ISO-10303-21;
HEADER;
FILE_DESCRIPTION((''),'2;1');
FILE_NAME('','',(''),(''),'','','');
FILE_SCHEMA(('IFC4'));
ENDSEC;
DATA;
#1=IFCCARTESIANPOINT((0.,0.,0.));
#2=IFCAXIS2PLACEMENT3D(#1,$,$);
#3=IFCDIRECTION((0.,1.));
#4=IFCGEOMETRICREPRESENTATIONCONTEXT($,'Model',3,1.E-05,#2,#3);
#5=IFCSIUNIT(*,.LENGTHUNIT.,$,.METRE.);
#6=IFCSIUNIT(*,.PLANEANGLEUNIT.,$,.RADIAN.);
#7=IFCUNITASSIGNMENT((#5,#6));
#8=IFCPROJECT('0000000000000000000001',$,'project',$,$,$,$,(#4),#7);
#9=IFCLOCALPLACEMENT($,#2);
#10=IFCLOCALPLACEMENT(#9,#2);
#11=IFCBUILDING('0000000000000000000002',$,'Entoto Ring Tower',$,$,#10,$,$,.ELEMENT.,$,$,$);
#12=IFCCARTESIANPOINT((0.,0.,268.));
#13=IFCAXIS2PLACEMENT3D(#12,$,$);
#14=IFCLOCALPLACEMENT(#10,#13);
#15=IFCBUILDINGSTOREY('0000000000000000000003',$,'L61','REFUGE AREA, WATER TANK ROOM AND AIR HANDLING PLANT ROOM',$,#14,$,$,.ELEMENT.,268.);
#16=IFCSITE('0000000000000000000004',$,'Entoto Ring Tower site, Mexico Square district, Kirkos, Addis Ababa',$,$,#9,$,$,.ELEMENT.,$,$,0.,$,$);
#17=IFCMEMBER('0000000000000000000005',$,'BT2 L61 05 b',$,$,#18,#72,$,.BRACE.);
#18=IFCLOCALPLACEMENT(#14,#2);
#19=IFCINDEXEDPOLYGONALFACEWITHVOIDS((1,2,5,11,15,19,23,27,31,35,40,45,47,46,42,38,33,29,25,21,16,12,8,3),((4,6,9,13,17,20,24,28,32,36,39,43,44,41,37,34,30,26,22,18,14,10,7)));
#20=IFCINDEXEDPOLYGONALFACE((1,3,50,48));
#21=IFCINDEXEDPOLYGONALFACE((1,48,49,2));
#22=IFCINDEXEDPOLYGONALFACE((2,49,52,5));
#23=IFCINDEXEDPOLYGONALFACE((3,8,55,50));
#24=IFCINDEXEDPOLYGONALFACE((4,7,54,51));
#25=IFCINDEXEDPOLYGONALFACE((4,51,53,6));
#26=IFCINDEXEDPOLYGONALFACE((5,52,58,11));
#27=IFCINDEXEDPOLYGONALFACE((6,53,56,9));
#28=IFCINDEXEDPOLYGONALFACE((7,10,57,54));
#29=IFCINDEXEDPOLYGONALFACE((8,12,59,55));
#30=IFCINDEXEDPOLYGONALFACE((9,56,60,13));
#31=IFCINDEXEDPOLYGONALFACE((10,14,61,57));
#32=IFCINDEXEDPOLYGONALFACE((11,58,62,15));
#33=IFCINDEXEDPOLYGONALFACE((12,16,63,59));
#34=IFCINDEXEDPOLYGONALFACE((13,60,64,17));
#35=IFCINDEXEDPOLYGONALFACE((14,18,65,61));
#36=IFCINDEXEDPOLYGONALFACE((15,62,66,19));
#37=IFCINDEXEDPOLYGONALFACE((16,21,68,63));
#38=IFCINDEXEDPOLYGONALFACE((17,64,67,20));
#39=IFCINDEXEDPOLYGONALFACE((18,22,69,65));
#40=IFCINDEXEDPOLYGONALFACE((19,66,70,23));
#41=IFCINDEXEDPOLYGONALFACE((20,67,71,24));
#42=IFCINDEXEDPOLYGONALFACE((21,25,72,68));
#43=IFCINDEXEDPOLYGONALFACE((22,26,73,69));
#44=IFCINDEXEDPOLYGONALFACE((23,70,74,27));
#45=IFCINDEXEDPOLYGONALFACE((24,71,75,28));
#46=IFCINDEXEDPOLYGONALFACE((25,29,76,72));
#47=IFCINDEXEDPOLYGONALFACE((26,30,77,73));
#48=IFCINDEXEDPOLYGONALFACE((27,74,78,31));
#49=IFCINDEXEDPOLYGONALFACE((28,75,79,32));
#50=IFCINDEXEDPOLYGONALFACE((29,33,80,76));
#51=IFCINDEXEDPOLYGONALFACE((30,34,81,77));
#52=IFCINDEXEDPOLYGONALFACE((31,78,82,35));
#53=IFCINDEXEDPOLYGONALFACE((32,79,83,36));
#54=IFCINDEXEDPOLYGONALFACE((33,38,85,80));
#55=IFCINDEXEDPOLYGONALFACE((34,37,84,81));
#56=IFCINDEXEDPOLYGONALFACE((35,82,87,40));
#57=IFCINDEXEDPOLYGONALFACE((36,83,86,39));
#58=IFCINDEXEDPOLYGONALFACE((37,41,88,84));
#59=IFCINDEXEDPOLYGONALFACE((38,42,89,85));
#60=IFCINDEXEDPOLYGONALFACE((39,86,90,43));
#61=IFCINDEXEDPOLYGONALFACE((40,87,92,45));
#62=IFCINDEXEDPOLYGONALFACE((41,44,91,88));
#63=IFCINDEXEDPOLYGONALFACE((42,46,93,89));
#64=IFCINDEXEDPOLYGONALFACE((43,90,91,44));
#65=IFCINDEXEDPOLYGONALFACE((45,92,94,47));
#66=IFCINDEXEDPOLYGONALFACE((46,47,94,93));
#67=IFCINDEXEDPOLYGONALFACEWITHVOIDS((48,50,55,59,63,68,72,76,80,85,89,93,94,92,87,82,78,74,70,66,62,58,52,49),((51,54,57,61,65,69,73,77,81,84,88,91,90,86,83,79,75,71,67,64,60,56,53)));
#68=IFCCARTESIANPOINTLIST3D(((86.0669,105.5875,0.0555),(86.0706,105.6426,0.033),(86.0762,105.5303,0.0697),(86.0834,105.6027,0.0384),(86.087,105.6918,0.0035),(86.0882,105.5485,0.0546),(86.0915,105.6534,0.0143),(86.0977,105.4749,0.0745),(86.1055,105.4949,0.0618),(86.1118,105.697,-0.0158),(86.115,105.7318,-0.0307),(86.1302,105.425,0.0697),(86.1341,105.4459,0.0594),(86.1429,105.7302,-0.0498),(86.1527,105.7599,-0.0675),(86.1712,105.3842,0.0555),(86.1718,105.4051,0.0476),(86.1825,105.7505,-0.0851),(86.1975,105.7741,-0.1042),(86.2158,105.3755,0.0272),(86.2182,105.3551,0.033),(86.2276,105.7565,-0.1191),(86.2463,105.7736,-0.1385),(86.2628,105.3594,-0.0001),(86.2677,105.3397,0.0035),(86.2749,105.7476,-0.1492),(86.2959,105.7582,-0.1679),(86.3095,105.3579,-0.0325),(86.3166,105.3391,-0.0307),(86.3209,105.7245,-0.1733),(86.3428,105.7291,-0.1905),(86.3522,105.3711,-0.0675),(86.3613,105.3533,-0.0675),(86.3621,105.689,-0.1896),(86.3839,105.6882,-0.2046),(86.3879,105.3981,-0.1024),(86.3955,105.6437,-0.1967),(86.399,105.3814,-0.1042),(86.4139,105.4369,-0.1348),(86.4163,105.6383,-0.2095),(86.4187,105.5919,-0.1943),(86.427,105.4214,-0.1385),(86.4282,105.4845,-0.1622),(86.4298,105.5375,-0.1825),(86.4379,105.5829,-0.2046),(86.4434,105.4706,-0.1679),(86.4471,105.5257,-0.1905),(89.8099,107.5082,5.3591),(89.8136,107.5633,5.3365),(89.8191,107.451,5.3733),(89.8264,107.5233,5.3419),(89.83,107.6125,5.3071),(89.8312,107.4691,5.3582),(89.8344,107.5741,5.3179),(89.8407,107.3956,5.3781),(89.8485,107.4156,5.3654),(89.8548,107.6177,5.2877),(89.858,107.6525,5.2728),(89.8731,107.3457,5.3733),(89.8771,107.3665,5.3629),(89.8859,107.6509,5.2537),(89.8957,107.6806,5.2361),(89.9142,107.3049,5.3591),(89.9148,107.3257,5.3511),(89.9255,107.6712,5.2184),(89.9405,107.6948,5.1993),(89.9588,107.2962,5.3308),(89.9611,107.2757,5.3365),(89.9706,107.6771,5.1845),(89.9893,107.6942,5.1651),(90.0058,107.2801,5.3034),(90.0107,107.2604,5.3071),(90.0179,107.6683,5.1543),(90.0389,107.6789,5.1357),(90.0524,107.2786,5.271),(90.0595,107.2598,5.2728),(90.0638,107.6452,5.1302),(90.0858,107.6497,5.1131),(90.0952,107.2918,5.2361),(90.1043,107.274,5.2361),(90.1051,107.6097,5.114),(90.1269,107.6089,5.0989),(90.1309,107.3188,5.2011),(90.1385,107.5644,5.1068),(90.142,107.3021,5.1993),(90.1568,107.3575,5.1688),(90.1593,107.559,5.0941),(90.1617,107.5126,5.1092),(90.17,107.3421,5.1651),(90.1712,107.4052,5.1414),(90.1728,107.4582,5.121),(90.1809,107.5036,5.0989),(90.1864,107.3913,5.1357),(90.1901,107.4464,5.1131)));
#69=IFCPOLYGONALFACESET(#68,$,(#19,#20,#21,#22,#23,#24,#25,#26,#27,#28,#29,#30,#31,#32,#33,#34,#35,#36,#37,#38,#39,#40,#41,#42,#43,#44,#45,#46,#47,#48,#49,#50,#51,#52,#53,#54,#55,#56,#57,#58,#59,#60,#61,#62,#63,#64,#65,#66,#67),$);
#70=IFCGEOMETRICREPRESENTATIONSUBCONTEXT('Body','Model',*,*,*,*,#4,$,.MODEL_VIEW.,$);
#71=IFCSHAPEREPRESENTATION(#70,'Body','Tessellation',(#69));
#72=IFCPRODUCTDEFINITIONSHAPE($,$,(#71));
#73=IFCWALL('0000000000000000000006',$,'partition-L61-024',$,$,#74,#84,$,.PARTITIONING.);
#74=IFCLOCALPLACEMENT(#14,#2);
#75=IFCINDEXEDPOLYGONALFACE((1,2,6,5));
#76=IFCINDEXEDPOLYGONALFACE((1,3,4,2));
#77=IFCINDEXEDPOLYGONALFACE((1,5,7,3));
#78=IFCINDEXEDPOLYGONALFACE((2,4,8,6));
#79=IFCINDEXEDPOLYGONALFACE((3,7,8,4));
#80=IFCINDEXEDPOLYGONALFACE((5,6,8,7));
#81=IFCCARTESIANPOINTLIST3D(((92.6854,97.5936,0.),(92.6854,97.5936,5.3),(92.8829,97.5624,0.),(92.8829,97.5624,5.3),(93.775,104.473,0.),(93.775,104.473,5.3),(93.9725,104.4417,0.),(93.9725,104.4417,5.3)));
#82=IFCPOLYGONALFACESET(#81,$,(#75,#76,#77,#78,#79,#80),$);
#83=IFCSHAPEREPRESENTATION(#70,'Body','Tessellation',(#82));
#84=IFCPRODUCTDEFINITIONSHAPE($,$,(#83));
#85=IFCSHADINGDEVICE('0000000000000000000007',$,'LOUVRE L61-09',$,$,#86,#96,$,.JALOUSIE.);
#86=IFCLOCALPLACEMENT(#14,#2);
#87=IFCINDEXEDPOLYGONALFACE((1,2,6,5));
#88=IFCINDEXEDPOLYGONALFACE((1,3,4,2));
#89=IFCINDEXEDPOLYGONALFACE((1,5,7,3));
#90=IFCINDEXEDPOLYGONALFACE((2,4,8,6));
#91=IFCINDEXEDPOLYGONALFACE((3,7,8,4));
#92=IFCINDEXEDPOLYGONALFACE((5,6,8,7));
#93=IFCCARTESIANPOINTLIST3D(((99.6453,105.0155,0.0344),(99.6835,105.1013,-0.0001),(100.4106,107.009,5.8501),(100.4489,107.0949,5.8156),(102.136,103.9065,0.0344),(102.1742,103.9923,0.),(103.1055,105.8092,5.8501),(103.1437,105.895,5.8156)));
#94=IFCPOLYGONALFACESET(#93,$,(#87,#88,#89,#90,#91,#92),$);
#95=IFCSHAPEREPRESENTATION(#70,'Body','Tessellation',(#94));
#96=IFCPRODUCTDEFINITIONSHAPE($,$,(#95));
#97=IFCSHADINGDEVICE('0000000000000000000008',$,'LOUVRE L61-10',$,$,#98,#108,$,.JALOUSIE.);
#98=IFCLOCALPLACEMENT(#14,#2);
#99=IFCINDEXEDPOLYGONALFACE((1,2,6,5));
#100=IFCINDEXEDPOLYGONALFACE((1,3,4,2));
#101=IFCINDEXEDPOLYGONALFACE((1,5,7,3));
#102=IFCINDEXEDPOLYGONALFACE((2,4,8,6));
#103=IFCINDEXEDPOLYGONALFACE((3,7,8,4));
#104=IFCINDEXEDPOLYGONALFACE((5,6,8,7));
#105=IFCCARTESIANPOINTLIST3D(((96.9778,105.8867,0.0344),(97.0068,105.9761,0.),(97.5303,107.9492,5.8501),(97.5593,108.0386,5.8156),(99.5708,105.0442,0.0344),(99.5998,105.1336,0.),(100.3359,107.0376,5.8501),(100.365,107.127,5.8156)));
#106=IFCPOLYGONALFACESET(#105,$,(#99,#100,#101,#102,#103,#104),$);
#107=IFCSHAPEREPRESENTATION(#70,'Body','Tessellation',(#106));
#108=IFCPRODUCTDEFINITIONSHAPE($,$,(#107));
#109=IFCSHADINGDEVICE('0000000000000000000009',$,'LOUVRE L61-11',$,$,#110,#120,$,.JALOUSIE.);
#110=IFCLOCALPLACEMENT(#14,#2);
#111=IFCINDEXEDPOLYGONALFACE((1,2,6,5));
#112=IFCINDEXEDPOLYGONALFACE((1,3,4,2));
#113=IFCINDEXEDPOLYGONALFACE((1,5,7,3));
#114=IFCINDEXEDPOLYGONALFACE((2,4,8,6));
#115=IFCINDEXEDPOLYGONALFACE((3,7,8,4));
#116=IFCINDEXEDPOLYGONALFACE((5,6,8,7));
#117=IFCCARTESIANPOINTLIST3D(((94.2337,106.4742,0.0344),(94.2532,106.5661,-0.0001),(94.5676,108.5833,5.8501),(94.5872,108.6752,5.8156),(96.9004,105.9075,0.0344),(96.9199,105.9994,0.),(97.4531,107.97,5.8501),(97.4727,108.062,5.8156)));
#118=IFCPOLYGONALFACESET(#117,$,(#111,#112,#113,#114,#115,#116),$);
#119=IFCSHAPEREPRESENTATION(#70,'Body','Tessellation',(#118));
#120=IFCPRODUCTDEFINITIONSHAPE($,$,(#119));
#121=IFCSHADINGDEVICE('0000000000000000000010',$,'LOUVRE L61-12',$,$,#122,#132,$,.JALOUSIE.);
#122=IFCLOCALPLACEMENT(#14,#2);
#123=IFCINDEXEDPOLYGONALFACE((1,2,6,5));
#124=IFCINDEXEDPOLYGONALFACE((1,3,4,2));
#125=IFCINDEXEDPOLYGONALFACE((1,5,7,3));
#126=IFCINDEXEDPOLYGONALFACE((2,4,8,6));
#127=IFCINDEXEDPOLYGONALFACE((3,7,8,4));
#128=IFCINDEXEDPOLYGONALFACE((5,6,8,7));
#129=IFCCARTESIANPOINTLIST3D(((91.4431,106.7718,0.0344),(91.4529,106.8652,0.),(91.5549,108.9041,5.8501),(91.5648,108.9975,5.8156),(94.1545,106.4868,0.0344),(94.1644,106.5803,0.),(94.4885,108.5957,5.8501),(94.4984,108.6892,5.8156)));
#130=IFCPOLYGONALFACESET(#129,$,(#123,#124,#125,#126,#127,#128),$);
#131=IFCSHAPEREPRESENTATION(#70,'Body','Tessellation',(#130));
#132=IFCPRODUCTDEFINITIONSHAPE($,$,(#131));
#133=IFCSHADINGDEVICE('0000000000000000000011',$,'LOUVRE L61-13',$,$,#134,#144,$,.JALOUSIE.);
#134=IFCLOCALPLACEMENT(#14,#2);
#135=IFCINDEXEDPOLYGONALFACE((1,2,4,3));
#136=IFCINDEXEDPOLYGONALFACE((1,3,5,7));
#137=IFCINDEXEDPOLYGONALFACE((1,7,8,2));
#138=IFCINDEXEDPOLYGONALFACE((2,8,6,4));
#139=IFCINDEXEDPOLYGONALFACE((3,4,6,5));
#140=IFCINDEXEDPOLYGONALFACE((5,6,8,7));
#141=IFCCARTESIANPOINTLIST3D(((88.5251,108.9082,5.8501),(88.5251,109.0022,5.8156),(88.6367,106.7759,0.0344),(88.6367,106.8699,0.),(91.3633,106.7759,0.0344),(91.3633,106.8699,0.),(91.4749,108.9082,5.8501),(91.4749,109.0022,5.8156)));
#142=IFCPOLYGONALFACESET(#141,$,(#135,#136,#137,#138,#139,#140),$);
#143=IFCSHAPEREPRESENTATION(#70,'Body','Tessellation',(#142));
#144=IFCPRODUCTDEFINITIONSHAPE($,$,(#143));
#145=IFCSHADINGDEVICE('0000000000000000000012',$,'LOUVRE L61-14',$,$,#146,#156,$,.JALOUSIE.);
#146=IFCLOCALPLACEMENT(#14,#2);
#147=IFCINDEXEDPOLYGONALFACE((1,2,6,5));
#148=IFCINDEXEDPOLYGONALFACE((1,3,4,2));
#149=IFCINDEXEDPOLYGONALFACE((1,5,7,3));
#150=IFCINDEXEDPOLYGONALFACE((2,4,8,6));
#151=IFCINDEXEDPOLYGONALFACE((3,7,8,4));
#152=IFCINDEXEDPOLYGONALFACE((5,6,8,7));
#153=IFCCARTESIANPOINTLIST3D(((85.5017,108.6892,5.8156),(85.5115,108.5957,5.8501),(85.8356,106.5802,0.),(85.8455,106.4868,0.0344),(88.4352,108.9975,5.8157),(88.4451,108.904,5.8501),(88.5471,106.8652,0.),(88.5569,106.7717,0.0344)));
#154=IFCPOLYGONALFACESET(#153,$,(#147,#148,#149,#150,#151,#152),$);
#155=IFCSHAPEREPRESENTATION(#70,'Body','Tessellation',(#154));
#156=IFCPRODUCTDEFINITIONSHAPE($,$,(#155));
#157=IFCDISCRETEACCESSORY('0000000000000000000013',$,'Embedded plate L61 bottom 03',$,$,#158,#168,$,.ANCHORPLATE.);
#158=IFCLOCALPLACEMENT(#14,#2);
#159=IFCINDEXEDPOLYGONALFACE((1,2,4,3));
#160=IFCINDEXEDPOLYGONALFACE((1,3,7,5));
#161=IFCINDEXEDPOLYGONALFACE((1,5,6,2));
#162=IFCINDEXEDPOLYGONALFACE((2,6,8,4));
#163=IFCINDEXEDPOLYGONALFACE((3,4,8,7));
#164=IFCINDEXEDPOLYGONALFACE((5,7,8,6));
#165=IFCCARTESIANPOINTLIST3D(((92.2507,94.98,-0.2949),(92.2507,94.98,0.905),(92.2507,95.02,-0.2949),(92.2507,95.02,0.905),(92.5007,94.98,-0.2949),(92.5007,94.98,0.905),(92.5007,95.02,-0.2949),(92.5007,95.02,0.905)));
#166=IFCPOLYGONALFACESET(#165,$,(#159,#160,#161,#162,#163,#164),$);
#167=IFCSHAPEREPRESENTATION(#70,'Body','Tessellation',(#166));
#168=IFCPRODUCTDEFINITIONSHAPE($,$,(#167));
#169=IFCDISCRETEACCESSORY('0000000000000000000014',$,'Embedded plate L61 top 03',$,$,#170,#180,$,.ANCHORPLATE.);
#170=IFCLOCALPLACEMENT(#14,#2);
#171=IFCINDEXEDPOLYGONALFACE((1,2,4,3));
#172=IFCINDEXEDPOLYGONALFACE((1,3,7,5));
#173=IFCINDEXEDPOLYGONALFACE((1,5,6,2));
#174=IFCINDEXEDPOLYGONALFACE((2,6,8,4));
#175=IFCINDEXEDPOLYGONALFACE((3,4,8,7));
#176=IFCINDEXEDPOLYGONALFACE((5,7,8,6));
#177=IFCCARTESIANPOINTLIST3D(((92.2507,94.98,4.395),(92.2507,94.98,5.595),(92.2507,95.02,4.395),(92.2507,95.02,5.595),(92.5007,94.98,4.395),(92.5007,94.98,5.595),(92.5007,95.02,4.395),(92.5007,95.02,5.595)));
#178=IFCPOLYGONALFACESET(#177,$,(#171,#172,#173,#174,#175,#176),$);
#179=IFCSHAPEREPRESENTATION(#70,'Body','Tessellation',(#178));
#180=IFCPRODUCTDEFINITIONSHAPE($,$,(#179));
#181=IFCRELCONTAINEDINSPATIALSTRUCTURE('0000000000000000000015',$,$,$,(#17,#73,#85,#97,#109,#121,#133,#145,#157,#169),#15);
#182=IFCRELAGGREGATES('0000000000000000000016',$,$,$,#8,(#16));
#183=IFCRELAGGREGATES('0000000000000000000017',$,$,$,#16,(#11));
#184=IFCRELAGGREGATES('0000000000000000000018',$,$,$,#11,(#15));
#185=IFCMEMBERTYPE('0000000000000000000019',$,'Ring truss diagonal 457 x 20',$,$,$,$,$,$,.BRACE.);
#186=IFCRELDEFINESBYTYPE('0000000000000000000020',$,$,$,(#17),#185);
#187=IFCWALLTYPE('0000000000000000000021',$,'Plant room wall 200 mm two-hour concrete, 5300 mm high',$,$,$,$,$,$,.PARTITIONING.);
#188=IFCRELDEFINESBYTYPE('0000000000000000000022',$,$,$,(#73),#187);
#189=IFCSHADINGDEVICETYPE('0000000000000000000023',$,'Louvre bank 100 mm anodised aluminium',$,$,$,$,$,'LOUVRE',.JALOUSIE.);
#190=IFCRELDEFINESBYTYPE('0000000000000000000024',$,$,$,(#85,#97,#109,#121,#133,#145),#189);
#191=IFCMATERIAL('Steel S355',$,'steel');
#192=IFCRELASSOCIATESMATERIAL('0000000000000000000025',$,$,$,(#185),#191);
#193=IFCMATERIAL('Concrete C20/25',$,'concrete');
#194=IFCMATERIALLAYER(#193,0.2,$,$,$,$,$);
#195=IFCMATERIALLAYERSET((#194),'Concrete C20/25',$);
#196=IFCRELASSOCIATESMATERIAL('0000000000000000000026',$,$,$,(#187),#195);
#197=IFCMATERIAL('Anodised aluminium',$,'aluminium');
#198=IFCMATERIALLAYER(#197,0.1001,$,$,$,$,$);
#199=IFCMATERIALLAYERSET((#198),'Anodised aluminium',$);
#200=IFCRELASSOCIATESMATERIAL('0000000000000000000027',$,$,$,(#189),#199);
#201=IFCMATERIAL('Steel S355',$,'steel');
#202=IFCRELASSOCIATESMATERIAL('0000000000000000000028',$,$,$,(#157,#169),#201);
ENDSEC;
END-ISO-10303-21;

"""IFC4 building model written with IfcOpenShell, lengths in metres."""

from ifc_helpers import new_model, si_unit, direction, frame, frame_2d, origin, origin_2d, place, context, subcontext, project, spatial, polyline, rectangle, circle, hollow_circle, outline, extrude, material, layer, layer_set, material_profile, profile_set, type_object, element, save


model = new_model("IFC4")

# Units and contexts
model_context = context("Model", 3, precision=1e-05, world=origin(), true_north=direction((0.0, 1.0)))
body_context = subcontext(model_context, "Body", "Model", "MODEL_VIEW")
ifc_project = project(units=[si_unit("LENGTHUNIT", "METRE"), si_unit("PLANEANGLEUNIT", "RADIAN")], contexts=[model_context])

# Site, building, storey
site_placement = place(None, origin())
site = spatial("IfcSite", under=ifc_project, at=site_placement, Name="Entoto Ring Tower site, Mexico Square district, Kirkos, Addis Ababa", CompositionType="ELEMENT", RefElevation=0.0)
building_placement = place(site_placement, origin())
building = spatial("IfcBuilding", under=site, at=building_placement, Name="Entoto Ring Tower", CompositionType="ELEMENT")
storey_placement = place(building_placement, frame((0.0, 0.0, 268.0)))
storey = spatial("IfcBuildingStorey", under=building, at=storey_placement, Name="L61", Description="REFUGE AREA, WATER TANK ROOM AND AIR HANDLING PLANT ROOM", CompositionType="ELEMENT", Elevation=268.0)

# Member
ifc_material_1 = material(Name="Steel S355", Category="steel")
ifc_material_profile_1 = material_profile(ifc_material_1, hollow_circle(Radius=0.2285, WallThickness=0.02, at=origin_2d()), Name="CHS 457 x 20")
ifc_material_2 = material(Name="Concrete C60/75", Category="concrete")
ifc_material_profile_2 = material_profile(ifc_material_2, circle(Radius=0.2085, at=origin_2d()), Name="Concrete C60/75 infill")
ifc_profile_set_1 = profile_set([ifc_material_profile_1, ifc_material_profile_2], Name="Steel S355")
member_type_1 = type_object("IfcMemberType", Name="Ring truss diagonal 457 x 20", PredefinedType="BRACE", material=ifc_profile_set_1)
for number, where, z_axis, x_axis, name in (
    (1, (90.0, 107.4773, 5.2361), (-0.552915, -0.283725, -0.783444), (0.456544, -0.889701, 0.0), "BT2 L61 05 b"),
):
    element("IfcMember", number, at=place(storey_placement, frame(where, z_axis=z_axis, x_axis=x_axis)), inside=storey, type_object=member_type_1, Name=name, PredefinedType="BRACE", context=body_context, shape_type="SweptSolid", body=[
        extrude(hollow_circle(Radius=0.2285, WallThickness=0.02, at=origin_2d()), origin(), (0.0, 0.0, 1.0), 6.7695),
    ])

# Wall
ifc_material_3 = material(Name="Concrete C20/25", Category="concrete")
ifc_layer_1 = layer(ifc_material_3, 0.2)
ifc_layer_set_1 = layer_set([ifc_layer_1], Name="Concrete C20/25")
wall_type = type_object("IfcWallType", Name="Plant room wall 200 mm two-hour concrete, 5300 mm high", PredefinedType="PARTITIONING", material=ifc_layer_set_1)
wall_placement = place(storey_placement, frame((92.7842, 97.5781, 0.0), z_axis=(0.0, 0.0, 1.0), x_axis=(0.156436, 0.987688, 0.0)))
element("IfcWall", 2, at=wall_placement, inside=storey, type_object=wall_type, Name="partition-L61-024", PredefinedType="PARTITIONING", context=body_context, shape_type="SweptSolid", body=[
    extrude(rectangle(XDim=6.9651, YDim=0.2, at=frame_2d((3.4824, 0.0))), origin(), (0.0, 0.0, 1.0), 5.3),
])

# Shading devices
ifc_material_4 = material(Name="Anodised aluminium", Category="aluminium")
ifc_layer_2 = layer(ifc_material_4, 0.1001)
ifc_layer_set_2 = layer_set([ifc_layer_2], Name="Anodised aluminium")
shading_device_type = type_object("IfcShadingDeviceType", Name="Louvre bank 100 mm anodised aluminium", ElementType="LOUVRE", PredefinedType="JALOUSIE", material=ifc_layer_set_2)
shading_device_1_placement = place(storey_placement, frame((102.136, 103.9065, 0.0344), z_axis=(-0.381885, -0.857696, 0.344269), x_axis=(-0.913542, 0.406746, -0.00001)))
element("IfcShadingDevice", 3, at=shading_device_1_placement, inside=storey, type_object=shading_device_type, Name="LOUVRE L61-09", PredefinedType="JALOUSIE", context=body_context, shape_type="SweptSolid", body=[
    extrude(outline(polyline([(0.0, 0.0), (2.7264, 0.0), (2.8381, -6.1944), (-0.1119, -6.1943), (0.0, 0.0)])), origin(), (0.0, 0.0, -1.0), 0.1001),
])
shading_device_2_placement = place(storey_placement, frame((99.5708, 105.0442, 0.0344), z_axis=(-0.290133, -0.89293, 0.344236), x_axis=(-0.951056, 0.309019, 0.0)))
element("IfcShadingDevice", 4, at=shading_device_2_placement, inside=storey, type_object=shading_device_type, Name="LOUVRE L61-10", PredefinedType="JALOUSIE", context=body_context, shape_type="SweptSolid", body=[
    extrude(outline(polyline([(0.0, 0.0), (2.7265, 0.0), (2.8384, -6.1942), (-0.1117, -6.1942), (0.0, 0.0)])), origin(), (0.0, 0.0, -1.0), 0.1001),
])
shading_device_3_placement = place(storey_placement, frame((96.9004, 105.9075, 0.0344), z_axis=(-0.195166, -0.918367, 0.344255), x_axis=(-0.978157, 0.207869, -0.000008)))
element("IfcShadingDevice", 5, at=shading_device_3_placement, inside=storey, type_object=shading_device_type, Name="LOUVRE L61-11", PredefinedType="JALOUSIE", context=body_context, shape_type="SweptSolid", body=[
    extrude(outline(polyline([(0.0, 0.0), (2.7263, 0.0), (2.838, -6.1943), (-0.112, -6.1943), (0.0, 0.0)])), origin(), (0.0, 0.0, -1.0), 0.1001),
])
shading_device_4_placement = place(storey_placement, frame((94.1545, 106.4868, 0.0344), z_axis=(-0.098131, -0.933741, 0.344237), x_axis=(-0.994523, 0.104517, -0.000005)))
element("IfcShadingDevice", 6, at=shading_device_4_placement, inside=storey, type_object=shading_device_type, Name="LOUVRE L61-12", PredefinedType="JALOUSIE", context=body_context, shape_type="SweptSolid", body=[
    extrude(outline(polyline([(0.0, 0.0), (2.7264, 0.0), (2.838, -6.1943), (-0.1118, -6.1942), (0.0, 0.0)])), origin(), (0.0, 0.0, -1.0), 0.1001),
])
shading_device_5_placement = place(storey_placement, frame((91.3633, 106.7759, 0.0344), z_axis=(0.0, -0.938881, 0.344242), x_axis=(-1.0, 0.0, 0.0)))
element("IfcShadingDevice", 7, at=shading_device_5_placement, inside=storey, type_object=shading_device_type, Name="LOUVRE L61-13", PredefinedType="JALOUSIE", context=body_context, shape_type="SweptSolid", body=[
    extrude(outline(polyline([(0.0, 0.0), (2.7266, 0.0), (2.8381, -6.1943), (-0.1116, -6.1943), (0.0, 0.0)])), origin(), (0.0, 0.0, -1.0), 0.1001),
])
shading_device_6_placement = place(storey_placement, frame((88.5569, 106.7717, 0.0344), z_axis=(0.098131, -0.933741, 0.344237), x_axis=(-0.994523, -0.104517, 0.000005)))
element("IfcShadingDevice", 8, at=shading_device_6_placement, inside=storey, type_object=shading_device_type, Name="LOUVRE L61-14", PredefinedType="JALOUSIE", context=body_context, shape_type="SweptSolid", body=[
    extrude(outline(polyline([(0.0, 0.0), (2.7264, 0.0), (2.8381, -6.1942), (-0.1116, -6.1943), (0.0, 0.0)])), origin(), (0.0, 0.0, -1.0), 0.1001),
])

# Discrete accessories
ifc_material_5 = material(Name="Steel S355", Category="steel")
for number, where, z_axis, x_axis, name in (
    (9, (92.3757, 95.0, -0.2949), (0.0, 0.0, 1.0), (0.0, 1.0, 0.0), "Embedded plate L61 bottom 03"),
    (10, (92.3757, 95.0, 4.395), (0.0, 0.0, 1.0), (0.0, 1.0, 0.0), "Embedded plate L61 top 03"),
):
    element("IfcDiscreteAccessory", number, at=place(storey_placement, frame(where, z_axis=z_axis, x_axis=x_axis)), inside=storey, material=ifc_material_5, Name=name, PredefinedType="ANCHORPLATE", context=body_context, shape_type="SweptSolid", body=[
        extrude(rectangle(XDim=0.04, YDim=0.25, at=origin_2d()), origin(), (0.0, 0.0, 1.0), 1.2),
    ])

save(model, "model.ifc")
